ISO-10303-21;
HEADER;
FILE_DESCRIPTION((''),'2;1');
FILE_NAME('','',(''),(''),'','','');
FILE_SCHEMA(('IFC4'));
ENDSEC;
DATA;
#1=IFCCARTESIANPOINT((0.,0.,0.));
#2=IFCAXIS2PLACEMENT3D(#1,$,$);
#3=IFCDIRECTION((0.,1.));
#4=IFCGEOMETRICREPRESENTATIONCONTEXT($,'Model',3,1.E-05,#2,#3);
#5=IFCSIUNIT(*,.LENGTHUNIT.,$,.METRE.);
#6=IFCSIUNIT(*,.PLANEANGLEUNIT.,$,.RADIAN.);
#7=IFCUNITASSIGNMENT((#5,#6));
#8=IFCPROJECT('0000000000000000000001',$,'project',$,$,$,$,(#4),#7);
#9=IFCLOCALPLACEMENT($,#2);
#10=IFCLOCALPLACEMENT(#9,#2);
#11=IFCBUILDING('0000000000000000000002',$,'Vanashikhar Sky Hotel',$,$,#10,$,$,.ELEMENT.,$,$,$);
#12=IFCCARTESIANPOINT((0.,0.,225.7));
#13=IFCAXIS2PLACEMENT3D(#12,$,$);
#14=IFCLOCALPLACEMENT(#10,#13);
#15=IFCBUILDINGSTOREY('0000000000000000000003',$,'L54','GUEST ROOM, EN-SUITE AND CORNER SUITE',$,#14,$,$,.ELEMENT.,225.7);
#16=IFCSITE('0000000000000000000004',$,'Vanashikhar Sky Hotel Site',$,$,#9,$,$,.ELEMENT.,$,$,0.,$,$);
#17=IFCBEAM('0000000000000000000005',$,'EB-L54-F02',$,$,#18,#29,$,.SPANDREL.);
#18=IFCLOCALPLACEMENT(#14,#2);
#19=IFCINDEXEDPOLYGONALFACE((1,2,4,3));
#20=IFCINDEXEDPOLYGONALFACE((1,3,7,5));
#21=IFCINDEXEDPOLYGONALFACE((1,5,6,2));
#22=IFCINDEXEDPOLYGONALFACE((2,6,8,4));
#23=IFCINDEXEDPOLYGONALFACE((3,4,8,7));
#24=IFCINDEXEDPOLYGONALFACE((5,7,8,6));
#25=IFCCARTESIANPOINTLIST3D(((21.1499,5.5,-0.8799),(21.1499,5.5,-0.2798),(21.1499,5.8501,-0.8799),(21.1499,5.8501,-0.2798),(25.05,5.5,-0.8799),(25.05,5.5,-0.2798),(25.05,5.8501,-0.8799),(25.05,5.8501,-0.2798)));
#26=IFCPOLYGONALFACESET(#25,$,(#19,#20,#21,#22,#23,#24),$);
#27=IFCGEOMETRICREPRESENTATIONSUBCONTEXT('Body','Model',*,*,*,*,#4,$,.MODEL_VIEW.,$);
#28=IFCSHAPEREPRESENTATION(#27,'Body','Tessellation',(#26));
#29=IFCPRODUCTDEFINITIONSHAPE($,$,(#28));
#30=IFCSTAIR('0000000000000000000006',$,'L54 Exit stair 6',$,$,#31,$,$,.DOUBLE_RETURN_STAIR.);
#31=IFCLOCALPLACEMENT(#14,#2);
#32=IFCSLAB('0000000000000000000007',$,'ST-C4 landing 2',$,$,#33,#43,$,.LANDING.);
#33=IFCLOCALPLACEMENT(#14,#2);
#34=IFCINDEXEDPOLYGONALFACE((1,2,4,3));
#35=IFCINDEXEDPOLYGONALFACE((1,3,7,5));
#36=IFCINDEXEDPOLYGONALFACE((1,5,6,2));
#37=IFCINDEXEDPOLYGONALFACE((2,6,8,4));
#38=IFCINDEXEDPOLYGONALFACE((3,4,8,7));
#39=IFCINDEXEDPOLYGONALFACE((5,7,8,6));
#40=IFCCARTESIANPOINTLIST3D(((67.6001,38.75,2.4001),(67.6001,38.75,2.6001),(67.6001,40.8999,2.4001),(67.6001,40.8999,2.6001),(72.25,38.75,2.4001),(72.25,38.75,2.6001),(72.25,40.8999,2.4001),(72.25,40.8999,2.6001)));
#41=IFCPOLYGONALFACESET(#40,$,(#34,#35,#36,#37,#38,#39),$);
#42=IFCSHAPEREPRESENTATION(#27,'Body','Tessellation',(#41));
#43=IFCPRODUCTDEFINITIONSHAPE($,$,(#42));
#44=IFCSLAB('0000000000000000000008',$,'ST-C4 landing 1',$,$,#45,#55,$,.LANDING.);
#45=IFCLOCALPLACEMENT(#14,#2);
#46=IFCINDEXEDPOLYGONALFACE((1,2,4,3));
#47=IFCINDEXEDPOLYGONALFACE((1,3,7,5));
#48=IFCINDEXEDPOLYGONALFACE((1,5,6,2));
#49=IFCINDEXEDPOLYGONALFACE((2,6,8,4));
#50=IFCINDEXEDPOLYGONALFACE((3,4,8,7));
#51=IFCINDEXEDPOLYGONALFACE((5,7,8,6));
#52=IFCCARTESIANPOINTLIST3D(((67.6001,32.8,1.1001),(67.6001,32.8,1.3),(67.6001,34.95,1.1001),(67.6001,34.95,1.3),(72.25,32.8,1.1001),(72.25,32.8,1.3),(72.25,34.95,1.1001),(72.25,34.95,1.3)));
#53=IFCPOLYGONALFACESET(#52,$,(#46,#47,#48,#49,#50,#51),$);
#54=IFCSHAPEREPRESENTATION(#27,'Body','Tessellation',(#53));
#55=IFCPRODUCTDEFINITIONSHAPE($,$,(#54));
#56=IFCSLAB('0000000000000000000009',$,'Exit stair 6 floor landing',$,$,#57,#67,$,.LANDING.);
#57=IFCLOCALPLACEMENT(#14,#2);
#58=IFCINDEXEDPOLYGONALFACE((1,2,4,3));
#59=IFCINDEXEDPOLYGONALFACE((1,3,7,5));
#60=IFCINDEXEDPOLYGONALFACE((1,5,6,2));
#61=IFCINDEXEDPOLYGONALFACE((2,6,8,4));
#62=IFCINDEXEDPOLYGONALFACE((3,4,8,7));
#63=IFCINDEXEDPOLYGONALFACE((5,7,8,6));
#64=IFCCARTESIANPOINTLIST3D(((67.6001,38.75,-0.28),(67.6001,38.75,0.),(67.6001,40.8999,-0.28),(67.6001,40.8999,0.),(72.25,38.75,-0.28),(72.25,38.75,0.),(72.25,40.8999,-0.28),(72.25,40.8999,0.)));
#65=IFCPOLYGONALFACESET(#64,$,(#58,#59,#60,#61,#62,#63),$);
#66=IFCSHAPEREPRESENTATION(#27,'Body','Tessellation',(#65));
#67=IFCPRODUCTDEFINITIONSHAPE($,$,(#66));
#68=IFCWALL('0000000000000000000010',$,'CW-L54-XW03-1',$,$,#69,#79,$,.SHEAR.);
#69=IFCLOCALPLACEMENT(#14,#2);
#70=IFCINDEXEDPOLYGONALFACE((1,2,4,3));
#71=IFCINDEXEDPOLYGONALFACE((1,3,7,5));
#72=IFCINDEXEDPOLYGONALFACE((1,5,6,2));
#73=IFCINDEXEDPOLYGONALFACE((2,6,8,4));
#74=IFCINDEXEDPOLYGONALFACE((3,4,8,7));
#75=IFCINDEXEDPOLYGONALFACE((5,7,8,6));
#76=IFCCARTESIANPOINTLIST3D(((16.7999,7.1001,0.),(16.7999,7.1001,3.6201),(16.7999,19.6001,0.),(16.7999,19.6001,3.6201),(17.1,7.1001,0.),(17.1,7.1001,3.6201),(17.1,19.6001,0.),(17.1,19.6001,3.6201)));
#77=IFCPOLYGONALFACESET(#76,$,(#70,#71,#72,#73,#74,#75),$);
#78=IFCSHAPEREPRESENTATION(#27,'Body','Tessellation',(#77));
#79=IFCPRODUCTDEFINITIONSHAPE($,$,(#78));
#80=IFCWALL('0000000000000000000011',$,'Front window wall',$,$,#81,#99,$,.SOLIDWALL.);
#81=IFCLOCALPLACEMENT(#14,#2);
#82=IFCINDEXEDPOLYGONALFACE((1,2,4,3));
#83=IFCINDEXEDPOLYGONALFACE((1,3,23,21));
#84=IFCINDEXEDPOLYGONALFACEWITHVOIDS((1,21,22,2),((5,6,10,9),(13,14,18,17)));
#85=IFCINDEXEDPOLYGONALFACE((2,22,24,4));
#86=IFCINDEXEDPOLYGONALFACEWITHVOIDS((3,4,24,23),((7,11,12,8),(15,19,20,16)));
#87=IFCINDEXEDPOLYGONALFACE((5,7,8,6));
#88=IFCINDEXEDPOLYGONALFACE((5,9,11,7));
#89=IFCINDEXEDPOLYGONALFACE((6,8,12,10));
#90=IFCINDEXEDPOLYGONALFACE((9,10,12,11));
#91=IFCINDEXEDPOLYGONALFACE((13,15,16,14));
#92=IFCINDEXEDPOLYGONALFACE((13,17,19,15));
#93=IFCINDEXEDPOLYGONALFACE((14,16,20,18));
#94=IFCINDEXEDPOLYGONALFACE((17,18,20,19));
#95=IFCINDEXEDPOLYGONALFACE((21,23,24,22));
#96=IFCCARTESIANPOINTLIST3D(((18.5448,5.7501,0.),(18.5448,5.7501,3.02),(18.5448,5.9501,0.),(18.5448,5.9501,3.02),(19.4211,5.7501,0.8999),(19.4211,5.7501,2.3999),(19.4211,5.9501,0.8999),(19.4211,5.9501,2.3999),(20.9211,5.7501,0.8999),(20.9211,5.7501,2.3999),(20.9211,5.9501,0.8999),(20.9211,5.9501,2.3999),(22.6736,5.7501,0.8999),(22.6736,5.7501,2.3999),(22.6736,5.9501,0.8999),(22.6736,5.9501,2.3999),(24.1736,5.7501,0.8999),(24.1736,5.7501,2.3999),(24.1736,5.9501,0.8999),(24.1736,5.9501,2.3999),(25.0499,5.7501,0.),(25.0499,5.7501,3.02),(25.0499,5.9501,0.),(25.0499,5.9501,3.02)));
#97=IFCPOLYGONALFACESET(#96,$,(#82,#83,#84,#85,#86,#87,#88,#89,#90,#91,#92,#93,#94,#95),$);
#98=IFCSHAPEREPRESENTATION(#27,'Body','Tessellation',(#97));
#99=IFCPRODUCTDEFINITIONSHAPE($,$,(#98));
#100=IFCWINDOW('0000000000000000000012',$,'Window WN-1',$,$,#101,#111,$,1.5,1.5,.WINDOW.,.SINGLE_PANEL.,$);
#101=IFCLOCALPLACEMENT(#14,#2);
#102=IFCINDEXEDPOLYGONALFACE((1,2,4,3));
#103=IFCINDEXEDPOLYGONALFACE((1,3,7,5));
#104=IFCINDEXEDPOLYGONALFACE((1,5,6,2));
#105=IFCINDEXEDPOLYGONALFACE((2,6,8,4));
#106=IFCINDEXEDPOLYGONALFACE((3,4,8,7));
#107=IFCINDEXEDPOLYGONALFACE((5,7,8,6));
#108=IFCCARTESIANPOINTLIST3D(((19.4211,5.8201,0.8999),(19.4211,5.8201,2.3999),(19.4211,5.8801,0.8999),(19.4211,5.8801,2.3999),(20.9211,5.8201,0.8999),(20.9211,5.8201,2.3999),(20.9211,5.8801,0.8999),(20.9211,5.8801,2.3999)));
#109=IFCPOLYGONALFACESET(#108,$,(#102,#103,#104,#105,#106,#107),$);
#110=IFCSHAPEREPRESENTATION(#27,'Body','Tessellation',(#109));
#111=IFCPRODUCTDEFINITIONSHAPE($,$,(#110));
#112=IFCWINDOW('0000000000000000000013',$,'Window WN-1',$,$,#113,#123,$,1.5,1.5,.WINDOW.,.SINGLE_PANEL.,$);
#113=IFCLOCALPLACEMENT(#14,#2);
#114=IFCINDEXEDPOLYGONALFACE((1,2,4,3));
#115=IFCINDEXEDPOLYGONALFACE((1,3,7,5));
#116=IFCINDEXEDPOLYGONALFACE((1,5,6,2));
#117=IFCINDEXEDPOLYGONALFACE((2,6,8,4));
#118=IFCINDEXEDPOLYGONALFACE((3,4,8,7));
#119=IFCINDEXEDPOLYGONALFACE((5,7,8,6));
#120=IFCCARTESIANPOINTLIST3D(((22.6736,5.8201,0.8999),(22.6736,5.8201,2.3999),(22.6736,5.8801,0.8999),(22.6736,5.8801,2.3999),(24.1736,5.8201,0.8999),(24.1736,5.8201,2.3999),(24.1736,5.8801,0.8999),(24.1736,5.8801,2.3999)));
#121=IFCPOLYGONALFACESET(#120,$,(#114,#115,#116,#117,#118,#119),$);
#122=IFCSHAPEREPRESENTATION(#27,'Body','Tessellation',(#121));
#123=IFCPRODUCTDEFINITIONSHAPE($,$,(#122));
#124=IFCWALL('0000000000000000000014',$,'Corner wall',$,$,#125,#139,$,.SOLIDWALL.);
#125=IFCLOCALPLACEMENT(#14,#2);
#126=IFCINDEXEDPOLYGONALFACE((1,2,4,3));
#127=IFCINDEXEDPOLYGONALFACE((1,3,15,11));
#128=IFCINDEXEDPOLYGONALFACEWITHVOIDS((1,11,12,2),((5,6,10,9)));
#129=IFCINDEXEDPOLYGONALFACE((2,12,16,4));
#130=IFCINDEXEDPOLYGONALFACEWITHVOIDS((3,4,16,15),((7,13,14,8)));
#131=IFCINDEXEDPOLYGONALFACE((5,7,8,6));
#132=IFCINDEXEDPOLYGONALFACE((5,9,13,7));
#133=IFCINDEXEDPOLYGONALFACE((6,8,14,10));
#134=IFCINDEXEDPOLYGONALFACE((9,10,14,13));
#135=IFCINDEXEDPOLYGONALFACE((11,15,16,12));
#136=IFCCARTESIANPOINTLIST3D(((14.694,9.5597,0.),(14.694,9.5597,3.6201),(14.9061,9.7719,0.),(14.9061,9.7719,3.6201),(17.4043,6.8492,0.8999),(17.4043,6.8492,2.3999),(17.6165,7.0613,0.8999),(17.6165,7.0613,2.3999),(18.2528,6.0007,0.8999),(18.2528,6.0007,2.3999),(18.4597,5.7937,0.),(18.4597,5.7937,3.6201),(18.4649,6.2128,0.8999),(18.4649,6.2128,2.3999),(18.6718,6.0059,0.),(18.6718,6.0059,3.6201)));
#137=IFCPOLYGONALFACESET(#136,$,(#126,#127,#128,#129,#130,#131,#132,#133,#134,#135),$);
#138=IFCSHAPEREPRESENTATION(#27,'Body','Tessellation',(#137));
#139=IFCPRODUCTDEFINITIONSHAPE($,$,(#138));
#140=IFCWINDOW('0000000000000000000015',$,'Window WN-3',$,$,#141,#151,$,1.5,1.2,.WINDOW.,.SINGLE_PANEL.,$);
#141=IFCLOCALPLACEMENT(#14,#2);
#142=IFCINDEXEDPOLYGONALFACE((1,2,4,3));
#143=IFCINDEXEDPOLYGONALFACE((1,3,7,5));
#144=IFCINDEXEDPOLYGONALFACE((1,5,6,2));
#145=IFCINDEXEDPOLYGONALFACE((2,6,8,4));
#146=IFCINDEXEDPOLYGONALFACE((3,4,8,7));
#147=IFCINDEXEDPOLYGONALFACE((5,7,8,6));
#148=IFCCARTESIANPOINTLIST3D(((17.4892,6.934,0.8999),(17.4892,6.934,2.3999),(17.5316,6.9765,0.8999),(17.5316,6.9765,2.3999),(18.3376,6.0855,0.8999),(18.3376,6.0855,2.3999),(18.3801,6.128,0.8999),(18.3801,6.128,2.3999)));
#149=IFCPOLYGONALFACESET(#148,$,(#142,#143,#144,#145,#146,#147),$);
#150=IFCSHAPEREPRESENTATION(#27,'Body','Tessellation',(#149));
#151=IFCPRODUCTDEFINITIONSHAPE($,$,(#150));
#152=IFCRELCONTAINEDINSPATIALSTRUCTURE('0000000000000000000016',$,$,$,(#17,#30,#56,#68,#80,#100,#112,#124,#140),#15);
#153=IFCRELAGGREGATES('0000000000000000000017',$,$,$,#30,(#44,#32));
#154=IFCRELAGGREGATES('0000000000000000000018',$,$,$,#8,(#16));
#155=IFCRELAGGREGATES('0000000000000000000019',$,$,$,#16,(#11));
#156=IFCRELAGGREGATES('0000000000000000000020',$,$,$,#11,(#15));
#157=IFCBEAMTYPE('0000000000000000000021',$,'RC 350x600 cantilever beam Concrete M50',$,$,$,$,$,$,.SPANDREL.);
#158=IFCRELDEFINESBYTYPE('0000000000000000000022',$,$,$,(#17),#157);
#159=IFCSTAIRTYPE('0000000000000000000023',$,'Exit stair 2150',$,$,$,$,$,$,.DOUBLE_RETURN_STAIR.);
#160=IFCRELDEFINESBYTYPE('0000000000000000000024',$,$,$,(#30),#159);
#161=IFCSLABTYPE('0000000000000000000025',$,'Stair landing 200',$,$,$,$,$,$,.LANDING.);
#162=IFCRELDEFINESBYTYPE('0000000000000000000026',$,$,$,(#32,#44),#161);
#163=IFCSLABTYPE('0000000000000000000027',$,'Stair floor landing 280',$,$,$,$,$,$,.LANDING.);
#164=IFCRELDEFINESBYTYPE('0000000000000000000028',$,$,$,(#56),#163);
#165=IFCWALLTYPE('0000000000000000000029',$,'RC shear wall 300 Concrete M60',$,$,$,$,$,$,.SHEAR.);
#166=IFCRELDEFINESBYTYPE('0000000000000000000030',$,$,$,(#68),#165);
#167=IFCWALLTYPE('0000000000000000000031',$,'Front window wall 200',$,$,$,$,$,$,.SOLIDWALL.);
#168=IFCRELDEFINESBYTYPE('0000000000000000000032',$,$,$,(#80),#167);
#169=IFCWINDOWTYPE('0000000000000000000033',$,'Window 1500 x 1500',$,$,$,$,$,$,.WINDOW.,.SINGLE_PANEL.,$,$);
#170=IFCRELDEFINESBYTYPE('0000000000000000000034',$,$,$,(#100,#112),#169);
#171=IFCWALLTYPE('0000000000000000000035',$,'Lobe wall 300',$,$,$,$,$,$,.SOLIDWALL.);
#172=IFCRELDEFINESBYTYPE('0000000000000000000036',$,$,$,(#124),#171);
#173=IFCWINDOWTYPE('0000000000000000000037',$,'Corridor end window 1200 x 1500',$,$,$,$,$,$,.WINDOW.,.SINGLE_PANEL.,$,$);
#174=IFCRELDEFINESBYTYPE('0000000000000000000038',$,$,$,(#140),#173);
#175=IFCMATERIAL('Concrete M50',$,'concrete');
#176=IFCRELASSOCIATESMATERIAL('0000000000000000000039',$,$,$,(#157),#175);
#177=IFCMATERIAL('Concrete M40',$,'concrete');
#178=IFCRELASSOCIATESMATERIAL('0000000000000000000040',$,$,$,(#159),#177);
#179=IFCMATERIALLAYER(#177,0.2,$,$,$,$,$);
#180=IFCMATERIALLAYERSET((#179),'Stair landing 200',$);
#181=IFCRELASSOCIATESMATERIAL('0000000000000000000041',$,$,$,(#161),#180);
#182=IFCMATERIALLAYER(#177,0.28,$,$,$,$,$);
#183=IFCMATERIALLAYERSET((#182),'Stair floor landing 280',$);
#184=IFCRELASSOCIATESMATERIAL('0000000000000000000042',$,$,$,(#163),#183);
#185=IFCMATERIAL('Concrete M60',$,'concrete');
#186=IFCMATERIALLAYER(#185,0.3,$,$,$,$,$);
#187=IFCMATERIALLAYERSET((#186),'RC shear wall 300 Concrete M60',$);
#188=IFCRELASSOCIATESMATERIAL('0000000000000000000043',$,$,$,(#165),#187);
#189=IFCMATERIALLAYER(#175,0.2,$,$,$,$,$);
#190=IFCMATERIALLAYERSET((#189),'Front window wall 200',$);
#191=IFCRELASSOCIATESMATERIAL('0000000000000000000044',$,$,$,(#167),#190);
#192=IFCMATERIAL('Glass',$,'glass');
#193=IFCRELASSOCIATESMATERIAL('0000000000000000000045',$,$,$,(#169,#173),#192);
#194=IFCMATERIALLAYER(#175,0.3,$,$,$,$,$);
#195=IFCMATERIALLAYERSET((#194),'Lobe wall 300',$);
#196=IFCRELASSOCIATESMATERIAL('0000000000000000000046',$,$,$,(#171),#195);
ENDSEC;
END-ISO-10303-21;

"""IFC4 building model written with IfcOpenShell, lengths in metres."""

from ifc_helpers import new_model, si_unit, direction, frame, frame_2d, origin, origin_2d, place, context, subcontext, project, spatial, polyline, rectangle, outline, extrude, source, transform, mapped, material, layer, layer_set, material_profile, profile_set, type_object, element, fill, aggregate, save


model = new_model("IFC4")

# Units and contexts
model_context = context("Model", 3, precision=1e-05, world=origin(), true_north=direction((0.0, 1.0)))
body_context = subcontext(model_context, "Body", "Model", "MODEL_VIEW")
ifc_project = project(units=[si_unit("LENGTHUNIT", "METRE"), si_unit("PLANEANGLEUNIT", "RADIAN")], contexts=[model_context])

# Site, building, storey
site_placement = place(None, origin())
site = spatial("IfcSite", under=ifc_project, at=site_placement, Name="Vanashikhar Sky Hotel Site", CompositionType="ELEMENT", RefElevation=0.0)
building_placement = place(site_placement, origin())
building = spatial("IfcBuilding", under=site, at=building_placement, Name="Vanashikhar Sky Hotel", CompositionType="ELEMENT")
storey_placement = place(building_placement, frame((0.0, 0.0, 225.7)))
storey = spatial("IfcBuildingStorey", under=building, at=storey_placement, Name="L54", Description="GUEST ROOM, EN-SUITE AND CORNER SUITE", CompositionType="ELEMENT", Elevation=225.7)

# Beam
ifc_material_1 = material(Name="Concrete M50", Category="concrete")
ifc_material_profile = material_profile(ifc_material_1, rectangle(XDim=0.3501, YDim=0.6001, at=origin_2d()))
ifc_profile_set = profile_set([ifc_material_profile], Name="RC 350x600 cantilever beam Concrete M50")
beam_type = type_object("IfcBeamType", Name="RC 350x600 cantilever beam Concrete M50", PredefinedType="SPANDREL", material=ifc_profile_set)
shared_shape_1 = source(origin(), body_context, "Body", "SweptSolid", [
    extrude(rectangle(XDim=0.3501, YDim=0.6001, at=origin_2d()), origin(), (0.0, 0.0, 1.0), 3.9001),
])
beam_placement = place(storey_placement, frame((21.1499, 5.675, -0.5798), z_axis=(1.0, 0.0, 0.0), x_axis=(0.0, 1.0, 0.0)))
element("IfcBeam", 1, at=beam_placement, inside=storey, type_object=beam_type, Name="EB-L54-F02", PredefinedType="SPANDREL", context=body_context, shape_type="MappedRepresentation", body=[
    mapped(shared_shape_1, transform((0.0, 0.0, 0.0), scale=1.0)),
])

# Stair, slabs
ifc_material_2 = material(Name="Concrete M40", Category="concrete")
stair_type = type_object("IfcStairType", Name="Exit stair 2150", PredefinedType="DOUBLE_RETURN_STAIR", material=ifc_material_2)
stair_placement = place(storey_placement, origin())
stair = element("IfcStair", 2, at=stair_placement, inside=storey, type_object=stair_type, Name="L54 Exit stair 6", PredefinedType="DOUBLE_RETURN_STAIR")
ifc_layer_1 = layer(ifc_material_2, 0.2)
ifc_layer_set_1 = layer_set([ifc_layer_1], Name="Stair landing 200")
slab_type_1 = type_object("IfcSlabType", Name="Stair landing 200", PredefinedType="LANDING", material=ifc_layer_set_1)
shared_shape_2 = source(origin(), body_context, "Body", "SweptSolid", [
    extrude(outline(polyline([(72.25, 38.75), (72.25, 40.8999), (67.6001, 40.8999), (67.6001, 38.75), (72.25, 38.75)])), origin(), (0.0, 0.0, 1.0), 0.2),
])
slab_1_placement = place(storey_placement, frame((0.0, 0.0, 2.4001)))
slab_1 = element("IfcSlab", 3, at=slab_1_placement, type_object=slab_type_1, Name="ST-C4 landing 2", PredefinedType="LANDING", context=body_context, shape_type="MappedRepresentation", body=[
    mapped(shared_shape_2, transform((0.0, 0.0, 0.0), scale=1.0)),
])
shared_shape_3 = source(origin(), body_context, "Body", "SweptSolid", [
    extrude(outline(polyline([(72.25, 32.8), (72.25, 34.95), (67.6001, 34.95), (67.6001, 32.8), (72.25, 32.8)])), origin(), (0.0, 0.0, 1.0), 0.2),
])
slab_2_placement = place(storey_placement, frame((0.0, 0.0, 1.1001)))
slab_2 = element("IfcSlab", 4, at=slab_2_placement, type_object=slab_type_1, Name="ST-C4 landing 1", PredefinedType="LANDING", context=body_context, shape_type="MappedRepresentation", body=[
    mapped(shared_shape_3, transform((0.0, 0.0, 0.0), scale=1.0)),
])
aggregate(stair, [slab_2, slab_1])

# Slab
ifc_layer_2 = layer(ifc_material_2, 0.28)
ifc_layer_set_2 = layer_set([ifc_layer_2], Name="Stair floor landing 280")
slab_type_2 = type_object("IfcSlabType", Name="Stair floor landing 280", PredefinedType="LANDING", material=ifc_layer_set_2)
shared_shape_4 = source(origin(), body_context, "Body", "SweptSolid", [
    extrude(outline(polyline([(72.25, 38.75), (72.25, 40.8999), (67.6001, 40.8999), (67.6001, 38.75), (72.25, 38.75)])), origin(), (0.0, 0.0, 1.0), 0.28),
])
slab_3_placement = place(storey_placement, frame((0.0, 0.0, -0.28)))
element("IfcSlab", 5, at=slab_3_placement, inside=storey, type_object=slab_type_2, Name="Exit stair 6 floor landing", PredefinedType="LANDING", context=body_context, shape_type="MappedRepresentation", body=[
    mapped(shared_shape_4, transform((0.0, 0.0, 0.0), scale=1.0)),
])

# Wall
ifc_material_3 = material(Name="Concrete M60", Category="concrete")
ifc_layer_3 = layer(ifc_material_3, 0.3)
ifc_layer_set_3 = layer_set([ifc_layer_3], Name="RC shear wall 300 Concrete M60")
wall_type_1 = type_object("IfcWallType", Name="RC shear wall 300 Concrete M60", PredefinedType="SHEAR", material=ifc_layer_set_3)
shared_shape_5 = source(origin(), body_context, "Body", "SweptSolid", [
    extrude(rectangle(XDim=12.5, YDim=0.3, at=frame_2d((6.25, 0.0))), origin(), (0.0, 0.0, 1.0), 3.6201),
])
wall_1_placement = place(storey_placement, frame((16.95, 7.1001, 0.0), z_axis=(0.0, 0.0, 1.0), x_axis=(0.0, 1.0, 0.0)))
element("IfcWall", 6, at=wall_1_placement, inside=storey, type_object=wall_type_1, Name="CW-L54-XW03-1", PredefinedType="SHEAR", context=body_context, shape_type="MappedRepresentation", body=[
    mapped(shared_shape_5, transform((0.0, 0.0, 0.0), scale=1.0)),
])

# Wall, openings, windows
ifc_layer_4 = layer(ifc_material_1, 0.2)
ifc_layer_set_4 = layer_set([ifc_layer_4], Name="Front window wall 200")
wall_type_2 = type_object("IfcWallType", Name="Front window wall 200", PredefinedType="SOLIDWALL", material=ifc_layer_set_4)
shared_shape_6 = source(origin(), body_context, "Body", "SweptSolid", [
    extrude(rectangle(XDim=6.5051, YDim=0.2, at=frame_2d((3.2524, 0.0))), origin(), (0.0, 0.0, 1.0), 3.02),
])
wall_2_placement = place(storey_placement, frame((18.5449, 5.8501, 0.0), z_axis=(0.0, 0.0, 1.0), x_axis=(1.0, 0.0, 0.0)))
wall_2 = element("IfcWall", 7, at=wall_2_placement, inside=storey, type_object=wall_type_2, Name="Front window wall", PredefinedType="SOLIDWALL", context=body_context, shape_type="MappedRepresentation", body=[
    mapped(shared_shape_6, transform((0.0, 0.0, 0.0), scale=1.0)),
])
shared_shape_7 = source(origin(), body_context, "Body", "SweptSolid", [
    extrude(rectangle(XDim=1.5, YDim=1.5, at=frame_2d((0.75, 0.75))), frame((0.0, 0.1099, 0.0), z_axis=(0.0, -1.0, 0.0), x_axis=(1.0, 0.0, 0.0)), (0.0, 0.0, 1.0), 0.22),
])
opening_1_placement = place(wall_2_placement, frame((0.8762, 0.0, 0.8999)))
opening_1 = element("IfcOpeningElement", 8, at=opening_1_placement, cuts=wall_2, PredefinedType="OPENING", context=body_context, shape_type="MappedRepresentation", body=[
    mapped(shared_shape_7, transform((0.0, 0.0, 0.0), scale=1.0)),
])
opening_2_placement = place(wall_2_placement, frame((4.1287, 0.0, 0.8999)))
opening_2 = element("IfcOpeningElement", 9, at=opening_2_placement, cuts=wall_2, PredefinedType="OPENING", context=body_context, shape_type="MappedRepresentation", body=[
    mapped(shared_shape_7, transform((0.0, 0.0, 0.0), scale=1.0)),
])
ifc_material_4 = material(Name="Glass", Category="glass")
window_type_1 = type_object("IfcWindowType", Name="Window 1500 x 1500", PartitioningType="SINGLE_PANEL", PredefinedType="WINDOW", material=ifc_material_4)
shared_shape_8 = source(origin(), body_context, "Body", "SweptSolid", [
    extrude(rectangle(XDim=1.5, YDim=1.5, at=frame_2d((0.75, 0.75))), frame((0.0, 0.03, 0.0), z_axis=(0.0, -1.0, 0.0), x_axis=(1.0, 0.0, 0.0)), (0.0, 0.0, 1.0), 0.0601),
])
window_1_placement = place(opening_1_placement, origin())
window_1 = element("IfcWindow", 10, at=window_1_placement, inside=storey, type_object=window_type_1, Name="Window WN-1", OverallHeight=1.5, OverallWidth=1.5, PartitioningType="SINGLE_PANEL", PredefinedType="WINDOW", context=body_context, shape_type="MappedRepresentation", body=[
    mapped(shared_shape_8, transform((0.0, 0.0, 0.0), scale=1.0)),
])
fill(opening_1, window_1)
window_2_placement = place(opening_2_placement, origin())
window_2 = element("IfcWindow", 11, at=window_2_placement, inside=storey, type_object=window_type_1, Name="Window WN-1", OverallHeight=1.5, OverallWidth=1.5, PartitioningType="SINGLE_PANEL", PredefinedType="WINDOW", context=body_context, shape_type="MappedRepresentation", body=[
    mapped(shared_shape_8, transform((0.0, 0.0, 0.0), scale=1.0)),
])
fill(opening_2, window_2)

# Wall, opening, window
ifc_layer_5 = layer(ifc_material_1, 0.3)
ifc_layer_set_5 = layer_set([ifc_layer_5], Name="Lobe wall 300")
wall_type_3 = type_object("IfcWallType", Name="Lobe wall 300", PredefinedType="SOLIDWALL", material=ifc_layer_set_5)
shared_shape_9 = source(origin(), body_context, "Body", "SweptSolid", [
    extrude(rectangle(XDim=5.3257, YDim=0.3, at=frame_2d((2.6628, 0.0))), origin(), (0.0, 0.0, 1.0), 3.6201),
])
wall_3_placement = place(storey_placement, frame((14.8, 9.6658, 0.0), z_axis=(0.0, 0.0, 1.0), x_axis=(0.707084, -0.70713, 0.0)))
wall_3 = element("IfcWall", 12, at=wall_3_placement, inside=storey, type_object=wall_type_3, Name="Corner wall", PredefinedType="SOLIDWALL", context=body_context, shape_type="MappedRepresentation", body=[
    mapped(shared_shape_9, transform((0.0, 0.0, 0.0), scale=1.0)),
])
shared_shape_10 = source(origin(), body_context, "Body", "SweptSolid", [
    extrude(rectangle(XDim=1.2, YDim=1.5, at=frame_2d((0.6001, 0.75))), frame((0.0, 0.1602, 0.0), z_axis=(0.0, -1.0, 0.0), x_axis=(1.0, 0.0, 0.0)), (0.0, 0.0, 1.0), 0.3201),
])
opening_3_placement = place(wall_3_placement, frame((3.833, 0.0, 0.8999)))
opening_3 = element("IfcOpeningElement", 13, at=opening_3_placement, cuts=wall_3, PredefinedType="OPENING", context=body_context, shape_type="MappedRepresentation", body=[
    mapped(shared_shape_10, transform((0.0, 0.0, 0.0), scale=1.0)),
])
window_type_2 = type_object("IfcWindowType", Name="Corridor end window 1200 x 1500", PartitioningType="SINGLE_PANEL", PredefinedType="WINDOW", material=ifc_material_4)
shared_shape_11 = source(origin(), body_context, "Body", "SweptSolid", [
    extrude(rectangle(XDim=1.2, YDim=1.5, at=frame_2d((0.6001, 0.75))), frame((0.0, 0.03, 0.0), z_axis=(0.0, -1.0, 0.0), x_axis=(1.0, 0.0, 0.0)), (0.0, 0.0, 1.0), 0.0601),
])
window_3_placement = place(opening_3_placement, origin())
window_3 = element("IfcWindow", 14, at=window_3_placement, inside=storey, type_object=window_type_2, Name="Window WN-3", OverallHeight=1.5, OverallWidth=1.2, PartitioningType="SINGLE_PANEL", PredefinedType="WINDOW", context=body_context, shape_type="MappedRepresentation", body=[
    mapped(shared_shape_11, transform((0.0, 0.0, 0.0), scale=1.0)),
])
fill(opening_3, window_3)

save(model, "model.ifc")
